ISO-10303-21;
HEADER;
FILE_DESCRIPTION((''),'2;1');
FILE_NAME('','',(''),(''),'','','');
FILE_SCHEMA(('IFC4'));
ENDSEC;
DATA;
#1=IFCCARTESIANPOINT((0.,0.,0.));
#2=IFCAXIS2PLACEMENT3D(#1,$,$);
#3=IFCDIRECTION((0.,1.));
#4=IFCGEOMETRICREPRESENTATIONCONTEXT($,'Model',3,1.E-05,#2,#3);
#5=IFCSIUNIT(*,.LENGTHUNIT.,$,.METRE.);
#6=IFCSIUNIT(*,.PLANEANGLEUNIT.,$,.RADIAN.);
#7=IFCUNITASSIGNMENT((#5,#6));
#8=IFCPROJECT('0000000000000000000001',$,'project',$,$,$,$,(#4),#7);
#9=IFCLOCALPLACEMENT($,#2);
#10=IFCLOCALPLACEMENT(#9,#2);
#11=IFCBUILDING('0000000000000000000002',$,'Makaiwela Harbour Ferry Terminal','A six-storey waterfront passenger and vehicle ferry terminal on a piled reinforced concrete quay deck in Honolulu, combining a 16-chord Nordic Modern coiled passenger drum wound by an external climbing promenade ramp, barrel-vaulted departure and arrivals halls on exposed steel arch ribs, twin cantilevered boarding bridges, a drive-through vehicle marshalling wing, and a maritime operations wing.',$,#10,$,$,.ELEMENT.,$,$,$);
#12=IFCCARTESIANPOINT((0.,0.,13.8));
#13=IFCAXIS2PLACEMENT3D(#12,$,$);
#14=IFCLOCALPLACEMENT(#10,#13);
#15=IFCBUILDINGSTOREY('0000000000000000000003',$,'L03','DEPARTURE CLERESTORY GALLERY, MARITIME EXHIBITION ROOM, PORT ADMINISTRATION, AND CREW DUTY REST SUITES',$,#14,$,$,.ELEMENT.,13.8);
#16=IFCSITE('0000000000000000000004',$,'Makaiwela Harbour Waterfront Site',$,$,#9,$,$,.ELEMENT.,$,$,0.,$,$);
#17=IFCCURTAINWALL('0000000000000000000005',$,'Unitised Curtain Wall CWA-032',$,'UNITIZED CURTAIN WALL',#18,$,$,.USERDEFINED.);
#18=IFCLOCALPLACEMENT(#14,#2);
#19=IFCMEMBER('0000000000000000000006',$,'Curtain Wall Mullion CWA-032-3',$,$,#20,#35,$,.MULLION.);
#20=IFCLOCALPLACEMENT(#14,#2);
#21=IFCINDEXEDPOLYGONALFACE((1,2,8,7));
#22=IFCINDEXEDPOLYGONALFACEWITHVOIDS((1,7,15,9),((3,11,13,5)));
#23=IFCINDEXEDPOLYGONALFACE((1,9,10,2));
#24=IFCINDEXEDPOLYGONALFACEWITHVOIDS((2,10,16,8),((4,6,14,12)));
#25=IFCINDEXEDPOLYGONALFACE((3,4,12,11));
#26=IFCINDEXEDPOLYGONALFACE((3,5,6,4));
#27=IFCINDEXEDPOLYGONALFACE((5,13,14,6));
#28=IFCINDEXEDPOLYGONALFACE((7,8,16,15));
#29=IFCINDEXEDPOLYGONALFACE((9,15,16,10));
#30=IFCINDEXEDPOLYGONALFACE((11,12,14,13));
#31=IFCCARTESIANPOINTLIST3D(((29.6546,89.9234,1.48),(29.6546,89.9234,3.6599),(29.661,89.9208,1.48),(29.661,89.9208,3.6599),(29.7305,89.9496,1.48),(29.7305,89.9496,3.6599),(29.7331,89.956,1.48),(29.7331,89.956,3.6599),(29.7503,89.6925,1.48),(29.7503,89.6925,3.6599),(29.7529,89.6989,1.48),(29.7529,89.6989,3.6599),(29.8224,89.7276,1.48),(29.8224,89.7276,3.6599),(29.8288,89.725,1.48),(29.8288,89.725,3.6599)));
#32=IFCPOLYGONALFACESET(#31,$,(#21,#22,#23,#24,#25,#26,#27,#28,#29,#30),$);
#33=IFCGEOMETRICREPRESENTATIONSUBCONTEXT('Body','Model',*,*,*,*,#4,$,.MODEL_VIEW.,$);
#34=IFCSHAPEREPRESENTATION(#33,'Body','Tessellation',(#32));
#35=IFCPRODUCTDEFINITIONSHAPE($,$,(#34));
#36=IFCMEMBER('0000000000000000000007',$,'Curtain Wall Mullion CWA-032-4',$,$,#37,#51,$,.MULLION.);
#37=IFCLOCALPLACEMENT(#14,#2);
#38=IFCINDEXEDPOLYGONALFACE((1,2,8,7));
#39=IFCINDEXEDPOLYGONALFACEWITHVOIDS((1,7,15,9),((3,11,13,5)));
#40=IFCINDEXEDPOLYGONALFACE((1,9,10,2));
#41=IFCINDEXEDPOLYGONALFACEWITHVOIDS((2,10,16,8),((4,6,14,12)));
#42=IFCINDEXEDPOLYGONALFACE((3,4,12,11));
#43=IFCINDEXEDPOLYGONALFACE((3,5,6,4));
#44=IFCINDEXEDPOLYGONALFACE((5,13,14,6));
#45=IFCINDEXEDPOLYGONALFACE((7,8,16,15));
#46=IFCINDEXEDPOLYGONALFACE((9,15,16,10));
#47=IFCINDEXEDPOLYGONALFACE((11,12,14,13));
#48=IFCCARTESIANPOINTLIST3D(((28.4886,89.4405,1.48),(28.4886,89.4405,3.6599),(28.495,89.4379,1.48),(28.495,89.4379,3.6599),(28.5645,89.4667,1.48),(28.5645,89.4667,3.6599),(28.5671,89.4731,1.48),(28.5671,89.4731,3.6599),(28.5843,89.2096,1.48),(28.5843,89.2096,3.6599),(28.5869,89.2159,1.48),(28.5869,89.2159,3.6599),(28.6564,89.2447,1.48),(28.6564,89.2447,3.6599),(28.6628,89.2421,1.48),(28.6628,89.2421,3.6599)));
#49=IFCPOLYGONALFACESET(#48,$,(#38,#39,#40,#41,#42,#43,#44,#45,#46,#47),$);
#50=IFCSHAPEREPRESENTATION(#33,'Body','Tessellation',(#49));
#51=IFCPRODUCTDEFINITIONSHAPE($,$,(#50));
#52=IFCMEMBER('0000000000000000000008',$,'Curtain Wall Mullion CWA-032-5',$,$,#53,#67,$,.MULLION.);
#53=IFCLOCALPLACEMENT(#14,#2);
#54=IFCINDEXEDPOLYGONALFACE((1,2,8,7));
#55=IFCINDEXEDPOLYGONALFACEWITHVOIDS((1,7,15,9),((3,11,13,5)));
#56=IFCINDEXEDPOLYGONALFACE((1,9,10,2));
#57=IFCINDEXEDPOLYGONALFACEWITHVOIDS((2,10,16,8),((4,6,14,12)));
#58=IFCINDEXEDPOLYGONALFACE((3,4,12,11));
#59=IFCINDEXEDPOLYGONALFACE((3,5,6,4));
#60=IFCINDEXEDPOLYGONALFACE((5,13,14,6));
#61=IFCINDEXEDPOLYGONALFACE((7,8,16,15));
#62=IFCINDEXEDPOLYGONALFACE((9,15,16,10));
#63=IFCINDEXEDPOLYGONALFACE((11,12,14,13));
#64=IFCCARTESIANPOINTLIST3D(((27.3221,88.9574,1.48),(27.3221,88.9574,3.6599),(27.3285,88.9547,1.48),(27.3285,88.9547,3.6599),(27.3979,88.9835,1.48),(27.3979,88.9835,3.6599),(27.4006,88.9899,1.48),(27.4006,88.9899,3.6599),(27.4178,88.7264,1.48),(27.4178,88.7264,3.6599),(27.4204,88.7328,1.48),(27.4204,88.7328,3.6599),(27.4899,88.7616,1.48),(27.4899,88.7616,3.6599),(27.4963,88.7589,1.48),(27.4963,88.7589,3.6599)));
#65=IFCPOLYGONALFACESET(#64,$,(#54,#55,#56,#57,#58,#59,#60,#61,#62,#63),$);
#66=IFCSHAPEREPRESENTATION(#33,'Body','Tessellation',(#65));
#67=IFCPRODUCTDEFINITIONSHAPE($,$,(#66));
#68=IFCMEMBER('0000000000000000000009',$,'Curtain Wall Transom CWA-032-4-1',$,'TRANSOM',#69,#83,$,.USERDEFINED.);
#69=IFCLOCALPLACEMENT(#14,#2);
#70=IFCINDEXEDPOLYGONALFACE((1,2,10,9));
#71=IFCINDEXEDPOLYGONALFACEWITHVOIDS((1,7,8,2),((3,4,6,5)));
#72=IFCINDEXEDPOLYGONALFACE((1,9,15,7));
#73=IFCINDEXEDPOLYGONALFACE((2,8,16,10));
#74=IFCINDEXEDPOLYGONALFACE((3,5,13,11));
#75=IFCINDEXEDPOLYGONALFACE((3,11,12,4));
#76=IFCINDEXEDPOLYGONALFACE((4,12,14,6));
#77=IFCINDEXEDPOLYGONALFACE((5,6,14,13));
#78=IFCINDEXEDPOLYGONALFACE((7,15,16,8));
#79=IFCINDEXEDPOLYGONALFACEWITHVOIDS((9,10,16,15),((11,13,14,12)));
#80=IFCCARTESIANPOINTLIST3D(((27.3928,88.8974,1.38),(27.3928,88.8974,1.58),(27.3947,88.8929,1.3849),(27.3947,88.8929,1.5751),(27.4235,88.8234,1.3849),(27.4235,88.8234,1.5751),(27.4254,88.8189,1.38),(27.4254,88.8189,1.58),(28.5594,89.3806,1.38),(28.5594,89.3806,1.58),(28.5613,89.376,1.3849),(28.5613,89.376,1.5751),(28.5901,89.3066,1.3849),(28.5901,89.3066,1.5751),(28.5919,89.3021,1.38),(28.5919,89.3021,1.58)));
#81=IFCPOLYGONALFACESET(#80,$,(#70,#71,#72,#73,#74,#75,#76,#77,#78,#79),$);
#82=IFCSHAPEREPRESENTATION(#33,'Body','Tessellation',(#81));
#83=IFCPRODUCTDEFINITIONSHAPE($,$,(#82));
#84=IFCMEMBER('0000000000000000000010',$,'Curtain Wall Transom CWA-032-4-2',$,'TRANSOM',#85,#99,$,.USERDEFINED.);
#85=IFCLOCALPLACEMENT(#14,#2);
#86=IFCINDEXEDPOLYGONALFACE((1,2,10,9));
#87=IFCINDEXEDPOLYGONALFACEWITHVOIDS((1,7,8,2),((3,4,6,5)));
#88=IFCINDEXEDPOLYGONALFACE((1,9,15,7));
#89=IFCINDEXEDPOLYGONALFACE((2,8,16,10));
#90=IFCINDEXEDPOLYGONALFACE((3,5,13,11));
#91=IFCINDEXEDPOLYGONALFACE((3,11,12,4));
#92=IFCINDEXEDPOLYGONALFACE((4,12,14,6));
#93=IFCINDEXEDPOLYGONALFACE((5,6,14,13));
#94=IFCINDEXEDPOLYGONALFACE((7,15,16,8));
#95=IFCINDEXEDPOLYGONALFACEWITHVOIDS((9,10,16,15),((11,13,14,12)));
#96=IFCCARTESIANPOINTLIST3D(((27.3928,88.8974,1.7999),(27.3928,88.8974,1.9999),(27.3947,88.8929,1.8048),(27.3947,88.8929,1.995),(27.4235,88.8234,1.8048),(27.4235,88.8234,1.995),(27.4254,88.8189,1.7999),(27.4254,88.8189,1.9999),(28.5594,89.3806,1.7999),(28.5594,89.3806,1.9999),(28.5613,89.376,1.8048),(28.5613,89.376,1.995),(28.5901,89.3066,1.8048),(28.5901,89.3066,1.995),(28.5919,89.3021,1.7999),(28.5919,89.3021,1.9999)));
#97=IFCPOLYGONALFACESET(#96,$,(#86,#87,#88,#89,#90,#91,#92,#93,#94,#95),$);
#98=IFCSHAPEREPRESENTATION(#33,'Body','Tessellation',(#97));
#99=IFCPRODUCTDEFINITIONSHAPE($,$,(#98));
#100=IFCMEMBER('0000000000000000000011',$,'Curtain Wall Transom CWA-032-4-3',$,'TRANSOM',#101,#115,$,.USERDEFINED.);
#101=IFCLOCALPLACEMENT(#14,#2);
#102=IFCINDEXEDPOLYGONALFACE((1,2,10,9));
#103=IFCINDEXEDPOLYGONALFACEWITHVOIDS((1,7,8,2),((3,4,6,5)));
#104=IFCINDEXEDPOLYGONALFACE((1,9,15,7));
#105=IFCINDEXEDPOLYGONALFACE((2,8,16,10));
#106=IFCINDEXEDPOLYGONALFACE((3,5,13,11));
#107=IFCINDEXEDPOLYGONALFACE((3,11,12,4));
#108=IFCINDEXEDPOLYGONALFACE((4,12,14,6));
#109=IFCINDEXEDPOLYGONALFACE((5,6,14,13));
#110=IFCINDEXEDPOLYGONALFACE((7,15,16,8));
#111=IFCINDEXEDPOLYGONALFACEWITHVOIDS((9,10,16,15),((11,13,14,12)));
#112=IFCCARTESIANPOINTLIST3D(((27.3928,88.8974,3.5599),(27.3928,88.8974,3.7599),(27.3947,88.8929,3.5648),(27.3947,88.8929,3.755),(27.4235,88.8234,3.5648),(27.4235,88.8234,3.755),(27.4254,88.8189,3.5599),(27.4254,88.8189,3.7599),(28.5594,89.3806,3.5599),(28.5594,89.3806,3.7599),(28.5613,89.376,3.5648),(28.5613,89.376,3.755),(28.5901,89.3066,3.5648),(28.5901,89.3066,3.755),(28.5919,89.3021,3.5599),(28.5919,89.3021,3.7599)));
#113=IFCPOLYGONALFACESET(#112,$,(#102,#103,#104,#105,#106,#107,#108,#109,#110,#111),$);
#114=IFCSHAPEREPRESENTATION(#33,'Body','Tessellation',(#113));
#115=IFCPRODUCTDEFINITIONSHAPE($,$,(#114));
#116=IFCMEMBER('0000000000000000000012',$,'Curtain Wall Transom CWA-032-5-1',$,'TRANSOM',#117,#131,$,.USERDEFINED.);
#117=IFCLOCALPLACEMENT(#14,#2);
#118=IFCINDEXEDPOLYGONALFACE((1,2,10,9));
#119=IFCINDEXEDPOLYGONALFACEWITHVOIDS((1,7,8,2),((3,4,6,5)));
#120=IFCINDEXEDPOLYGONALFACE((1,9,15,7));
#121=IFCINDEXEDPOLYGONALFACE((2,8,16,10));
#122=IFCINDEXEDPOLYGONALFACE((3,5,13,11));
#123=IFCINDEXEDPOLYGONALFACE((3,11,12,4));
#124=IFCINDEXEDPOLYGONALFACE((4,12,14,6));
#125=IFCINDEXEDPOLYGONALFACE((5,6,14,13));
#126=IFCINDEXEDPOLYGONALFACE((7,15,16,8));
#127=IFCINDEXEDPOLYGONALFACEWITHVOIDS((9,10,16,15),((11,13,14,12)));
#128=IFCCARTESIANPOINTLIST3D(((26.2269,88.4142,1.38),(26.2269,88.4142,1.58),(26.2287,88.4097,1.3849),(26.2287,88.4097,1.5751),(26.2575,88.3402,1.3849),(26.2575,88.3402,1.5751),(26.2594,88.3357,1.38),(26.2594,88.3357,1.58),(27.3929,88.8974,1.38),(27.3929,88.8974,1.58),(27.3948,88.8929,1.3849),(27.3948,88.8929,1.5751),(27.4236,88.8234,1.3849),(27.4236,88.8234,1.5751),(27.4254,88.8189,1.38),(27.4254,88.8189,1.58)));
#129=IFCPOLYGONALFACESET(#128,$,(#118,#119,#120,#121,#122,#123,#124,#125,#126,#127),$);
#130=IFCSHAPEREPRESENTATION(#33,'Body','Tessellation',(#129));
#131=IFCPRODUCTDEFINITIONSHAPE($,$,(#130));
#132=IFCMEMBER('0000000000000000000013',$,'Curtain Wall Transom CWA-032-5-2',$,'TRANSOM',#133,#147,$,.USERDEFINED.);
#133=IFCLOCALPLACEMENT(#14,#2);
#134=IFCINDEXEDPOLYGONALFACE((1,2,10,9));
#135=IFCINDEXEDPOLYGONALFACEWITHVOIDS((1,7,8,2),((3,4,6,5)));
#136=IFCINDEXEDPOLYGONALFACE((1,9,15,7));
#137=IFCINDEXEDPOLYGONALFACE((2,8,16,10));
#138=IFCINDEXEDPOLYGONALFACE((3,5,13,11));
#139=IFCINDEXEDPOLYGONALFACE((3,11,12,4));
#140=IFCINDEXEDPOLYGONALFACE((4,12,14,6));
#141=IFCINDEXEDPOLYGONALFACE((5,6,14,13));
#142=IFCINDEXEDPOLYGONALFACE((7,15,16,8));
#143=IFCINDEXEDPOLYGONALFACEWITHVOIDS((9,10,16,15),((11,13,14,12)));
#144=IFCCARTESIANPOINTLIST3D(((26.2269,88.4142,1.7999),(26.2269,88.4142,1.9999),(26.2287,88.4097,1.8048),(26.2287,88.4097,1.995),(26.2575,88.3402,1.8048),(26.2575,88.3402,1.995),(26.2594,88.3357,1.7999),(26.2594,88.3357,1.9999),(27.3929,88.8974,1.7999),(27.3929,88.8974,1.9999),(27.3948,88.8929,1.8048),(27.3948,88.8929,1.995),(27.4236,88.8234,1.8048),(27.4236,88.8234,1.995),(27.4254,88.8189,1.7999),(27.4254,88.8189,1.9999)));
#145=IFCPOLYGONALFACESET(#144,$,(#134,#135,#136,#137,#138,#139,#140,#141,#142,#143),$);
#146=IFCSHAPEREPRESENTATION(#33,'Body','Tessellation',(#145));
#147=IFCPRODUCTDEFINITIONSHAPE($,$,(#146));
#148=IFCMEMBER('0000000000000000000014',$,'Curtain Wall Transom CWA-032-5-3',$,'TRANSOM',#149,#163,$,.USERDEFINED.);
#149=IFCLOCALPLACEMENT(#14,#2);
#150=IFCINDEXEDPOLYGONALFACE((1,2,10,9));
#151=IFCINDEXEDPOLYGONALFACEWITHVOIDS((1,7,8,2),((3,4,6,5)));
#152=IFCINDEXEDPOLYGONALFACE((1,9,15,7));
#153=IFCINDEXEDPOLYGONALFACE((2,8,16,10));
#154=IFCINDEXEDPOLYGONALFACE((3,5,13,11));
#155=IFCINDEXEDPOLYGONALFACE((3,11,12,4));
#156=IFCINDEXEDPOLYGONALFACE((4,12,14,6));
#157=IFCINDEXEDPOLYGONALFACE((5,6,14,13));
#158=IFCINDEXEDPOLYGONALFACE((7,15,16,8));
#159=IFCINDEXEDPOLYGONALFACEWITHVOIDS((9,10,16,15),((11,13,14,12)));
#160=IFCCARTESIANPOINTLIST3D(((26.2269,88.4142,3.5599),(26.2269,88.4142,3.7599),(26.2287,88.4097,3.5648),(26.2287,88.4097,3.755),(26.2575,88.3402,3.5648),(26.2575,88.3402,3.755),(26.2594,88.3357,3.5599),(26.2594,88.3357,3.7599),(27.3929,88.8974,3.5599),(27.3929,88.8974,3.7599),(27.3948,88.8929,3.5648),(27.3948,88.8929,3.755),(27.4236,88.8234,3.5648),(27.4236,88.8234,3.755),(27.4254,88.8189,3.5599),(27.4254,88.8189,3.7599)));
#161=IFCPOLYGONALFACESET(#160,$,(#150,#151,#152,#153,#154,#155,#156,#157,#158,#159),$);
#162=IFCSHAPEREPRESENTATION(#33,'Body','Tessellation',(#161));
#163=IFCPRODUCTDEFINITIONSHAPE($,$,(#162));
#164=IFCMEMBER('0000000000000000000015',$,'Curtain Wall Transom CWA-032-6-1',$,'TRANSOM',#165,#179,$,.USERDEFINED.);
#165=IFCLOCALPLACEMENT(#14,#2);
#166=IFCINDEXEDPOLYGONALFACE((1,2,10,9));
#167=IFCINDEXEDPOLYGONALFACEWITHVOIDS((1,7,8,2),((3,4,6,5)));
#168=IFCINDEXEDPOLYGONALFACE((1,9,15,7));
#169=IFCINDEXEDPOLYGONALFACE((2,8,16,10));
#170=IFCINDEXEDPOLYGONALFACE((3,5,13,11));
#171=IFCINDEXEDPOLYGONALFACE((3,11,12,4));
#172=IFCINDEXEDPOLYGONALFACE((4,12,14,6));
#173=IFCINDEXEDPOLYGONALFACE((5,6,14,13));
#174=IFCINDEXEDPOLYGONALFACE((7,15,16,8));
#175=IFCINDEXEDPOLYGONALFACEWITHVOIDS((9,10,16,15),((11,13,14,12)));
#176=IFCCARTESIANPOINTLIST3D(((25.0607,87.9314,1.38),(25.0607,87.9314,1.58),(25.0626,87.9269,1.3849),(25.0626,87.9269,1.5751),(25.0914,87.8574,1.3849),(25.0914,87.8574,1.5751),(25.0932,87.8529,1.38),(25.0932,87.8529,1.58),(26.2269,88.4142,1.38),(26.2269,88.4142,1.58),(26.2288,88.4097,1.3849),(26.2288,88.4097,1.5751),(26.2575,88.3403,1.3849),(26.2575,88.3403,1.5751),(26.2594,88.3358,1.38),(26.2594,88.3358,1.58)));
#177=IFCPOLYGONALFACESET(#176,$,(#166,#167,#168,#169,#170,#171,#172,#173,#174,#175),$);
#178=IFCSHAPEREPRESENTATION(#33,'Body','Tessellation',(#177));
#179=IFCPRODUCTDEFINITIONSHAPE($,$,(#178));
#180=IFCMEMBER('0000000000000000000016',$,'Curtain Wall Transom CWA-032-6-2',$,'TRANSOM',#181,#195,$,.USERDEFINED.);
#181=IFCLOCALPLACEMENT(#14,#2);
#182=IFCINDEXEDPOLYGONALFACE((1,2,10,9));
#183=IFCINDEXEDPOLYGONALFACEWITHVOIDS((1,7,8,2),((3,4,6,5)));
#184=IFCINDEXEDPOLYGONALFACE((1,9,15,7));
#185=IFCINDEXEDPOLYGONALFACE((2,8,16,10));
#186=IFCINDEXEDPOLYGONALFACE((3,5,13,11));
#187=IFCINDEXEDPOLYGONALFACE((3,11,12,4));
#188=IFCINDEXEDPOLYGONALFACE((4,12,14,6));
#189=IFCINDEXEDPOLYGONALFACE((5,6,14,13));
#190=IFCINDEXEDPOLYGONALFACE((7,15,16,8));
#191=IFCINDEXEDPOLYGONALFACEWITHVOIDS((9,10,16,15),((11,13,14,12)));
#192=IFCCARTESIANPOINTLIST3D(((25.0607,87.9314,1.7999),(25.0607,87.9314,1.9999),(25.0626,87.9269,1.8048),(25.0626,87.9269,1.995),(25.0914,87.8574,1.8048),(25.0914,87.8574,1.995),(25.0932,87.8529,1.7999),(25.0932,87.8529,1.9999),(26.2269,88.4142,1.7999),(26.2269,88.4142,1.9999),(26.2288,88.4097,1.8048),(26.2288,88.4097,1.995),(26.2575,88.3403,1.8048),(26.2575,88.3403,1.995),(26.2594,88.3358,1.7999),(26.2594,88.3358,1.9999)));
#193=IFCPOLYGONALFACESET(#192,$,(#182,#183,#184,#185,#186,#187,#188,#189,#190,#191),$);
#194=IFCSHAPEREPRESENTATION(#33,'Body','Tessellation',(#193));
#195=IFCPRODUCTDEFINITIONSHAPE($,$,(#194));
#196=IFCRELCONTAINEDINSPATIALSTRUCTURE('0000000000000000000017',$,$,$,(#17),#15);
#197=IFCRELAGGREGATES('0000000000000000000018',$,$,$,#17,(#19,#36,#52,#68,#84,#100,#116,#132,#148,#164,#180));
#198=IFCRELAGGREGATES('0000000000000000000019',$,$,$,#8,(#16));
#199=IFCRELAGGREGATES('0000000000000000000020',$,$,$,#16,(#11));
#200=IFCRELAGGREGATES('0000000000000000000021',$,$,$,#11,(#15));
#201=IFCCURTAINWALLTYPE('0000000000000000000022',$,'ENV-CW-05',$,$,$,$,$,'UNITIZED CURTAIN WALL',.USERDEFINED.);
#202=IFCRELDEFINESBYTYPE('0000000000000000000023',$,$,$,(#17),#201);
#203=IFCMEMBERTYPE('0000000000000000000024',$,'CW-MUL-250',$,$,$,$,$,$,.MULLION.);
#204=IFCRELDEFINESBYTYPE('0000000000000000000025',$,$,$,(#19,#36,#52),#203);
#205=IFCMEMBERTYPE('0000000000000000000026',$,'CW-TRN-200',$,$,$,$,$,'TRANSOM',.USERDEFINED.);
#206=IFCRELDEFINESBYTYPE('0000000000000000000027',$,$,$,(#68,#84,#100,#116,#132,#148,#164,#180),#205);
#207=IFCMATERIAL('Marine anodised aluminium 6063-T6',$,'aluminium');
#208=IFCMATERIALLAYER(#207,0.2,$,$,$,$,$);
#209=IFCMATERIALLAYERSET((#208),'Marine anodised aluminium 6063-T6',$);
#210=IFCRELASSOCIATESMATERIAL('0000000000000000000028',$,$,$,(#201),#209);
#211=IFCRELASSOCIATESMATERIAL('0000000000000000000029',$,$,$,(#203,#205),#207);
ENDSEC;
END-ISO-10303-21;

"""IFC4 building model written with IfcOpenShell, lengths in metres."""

from ifc_helpers import new_model, si_unit, direction, frame, origin, origin_2d, place, context, subcontext, project, spatial, hollow_rectangle, extrude, material, layer, layer_set, material_profile, profile_set, type_object, element, aggregate, save


model = new_model("IFC4")

# Units and contexts
model_context = context("Model", 3, precision=1e-05, world=origin(), true_north=direction((0.0, 1.0)))
body_context = subcontext(model_context, "Body", "Model", "MODEL_VIEW")
ifc_project = project(units=[si_unit("LENGTHUNIT", "METRE"), si_unit("PLANEANGLEUNIT", "RADIAN")], contexts=[model_context])

# Site, building, storey
site_placement = place(None, origin())
site = spatial("IfcSite", under=ifc_project, at=site_placement, Name="Makaiwela Harbour Waterfront Site", CompositionType="ELEMENT", RefElevation=0.0)
building_placement = place(site_placement, origin())
building = spatial("IfcBuilding", under=site, at=building_placement, Name="Makaiwela Harbour Ferry Terminal", Description="A six-storey waterfront passenger and vehicle ferry terminal on a piled reinforced concrete quay deck in Honolulu, combining a 16-chord Nordic Modern coiled passenger drum wound by an external climbing promenade ramp, barrel-vaulted departure and arrivals halls on exposed steel arch ribs, twin cantilevered boarding bridges, a drive-through vehicle marshalling wing, and a maritime operations wing.", CompositionType="ELEMENT")
storey_placement = place(building_placement, frame((0.0, 0.0, 13.8)))
storey = spatial("IfcBuildingStorey", under=building, at=storey_placement, Name="L03", Description="DEPARTURE CLERESTORY GALLERY, MARITIME EXHIBITION ROOM, PORT ADMINISTRATION, AND CREW DUTY REST SUITES", CompositionType="ELEMENT", Elevation=13.8)

# Curtain wall, members
ifc_material_1 = material(Name="Marine anodised aluminium 6063-T6", Category="aluminium")
ifc_layer_1 = layer(ifc_material_1, 0.2)
ifc_layer_set_1 = layer_set([ifc_layer_1], Name="Marine anodised aluminium 6063-T6")
curtain_wall_type = type_object("IfcCurtainWallType", Name="ENV-CW-05", ElementType="UNITIZED CURTAIN WALL", PredefinedType="USERDEFINED", material=ifc_layer_set_1)
curtain_wall_placement = place(storey_placement, origin())
curtain_wall = element("IfcCurtainWall", 1, at=curtain_wall_placement, inside=storey, type_object=curtain_wall_type, Name="Unitised Curtain Wall CWA-032", ObjectType="UNITIZED CURTAIN WALL", PredefinedType="USERDEFINED")
ifc_material_profile_1 = material_profile(ifc_material_1, hollow_rectangle(XDim=0.085, YDim=0.25, WallThickness=0.0049, at=origin_2d()), Name="CWM-250X85")
ifc_profile_set_1 = profile_set([ifc_material_profile_1], Name="Marine anodised aluminium 6063-T6")
member_type_1 = type_object("IfcMemberType", Name="CW-MUL-250", PredefinedType="MULLION", material=ifc_profile_set_1)
member_1_placement = place(storey_placement, frame((29.7417, 89.8242, 1.48), z_axis=(0.0, 0.0, 1.0), x_axis=(0.92388, 0.382683, 0.0)))
member_1 = element("IfcMember", 2, at=member_1_placement, type_object=member_type_1, Name="Curtain Wall Mullion CWA-032-3", PredefinedType="MULLION", context=body_context, shape_type="SweptSolid", body=[
    extrude(hollow_rectangle(XDim=0.085, YDim=0.25, WallThickness=0.0049, at=origin_2d()), origin(), (0.0, 0.0, 1.0), 2.1799),
])
member_2_placement = place(storey_placement, frame((28.5757, 89.3413, 1.48), z_axis=(0.0, 0.0, 1.0), x_axis=(0.92388, 0.382683, 0.0)))
member_2 = element("IfcMember", 3, at=member_2_placement, type_object=member_type_1, Name="Curtain Wall Mullion CWA-032-4", PredefinedType="MULLION", context=body_context, shape_type="SweptSolid", body=[
    extrude(hollow_rectangle(XDim=0.085, YDim=0.25, WallThickness=0.0049, at=origin_2d()), origin(), (0.0, 0.0, 1.0), 2.1799),
])
member_3_placement = place(storey_placement, frame((27.4092, 88.8582, 1.48), z_axis=(0.0, 0.0, 1.0), x_axis=(0.92388, 0.382683, 0.0)))
member_3 = element("IfcMember", 4, at=member_3_placement, type_object=member_type_1, Name="Curtain Wall Mullion CWA-032-5", PredefinedType="MULLION", context=body_context, shape_type="SweptSolid", body=[
    extrude(hollow_rectangle(XDim=0.085, YDim=0.25, WallThickness=0.0049, at=origin_2d()), origin(), (0.0, 0.0, 1.0), 2.1799),
])
ifc_material_profile_2 = material_profile(ifc_material_1, hollow_rectangle(XDim=0.085, YDim=0.2, WallThickness=0.0049, at=origin_2d()), Name="CWT-200X85")
ifc_profile_set_2 = profile_set([ifc_material_profile_2], Name="Marine anodised aluminium 6063-T6")
member_type_2 = type_object("IfcMemberType", Name="CW-TRN-200", ElementType="TRANSOM", PredefinedType="USERDEFINED", material=ifc_profile_set_2)
member_4_placement = place(storey_placement, frame((28.5757, 89.3413, 1.48), z_axis=(-0.923887, -0.382665, 0.0), x_axis=(0.382665, -0.923887, 0.0)))
member_4 = element("IfcMember", 5, at=member_4_placement, type_object=member_type_2, Name="Curtain Wall Transom CWA-032-4-1", ObjectType="TRANSOM", PredefinedType="USERDEFINED", context=body_context, shape_type="SweptSolid", body=[
    extrude(hollow_rectangle(XDim=0.085, YDim=0.2, WallThickness=0.0049, at=origin_2d()), origin(), (0.0, 0.0, 1.0), 1.2627),
])
member_5_placement = place(storey_placement, frame((28.5757, 89.3413, 1.8999), z_axis=(-0.923887, -0.382665, 0.0), x_axis=(0.382665, -0.923887, 0.0)))
member_5 = element("IfcMember", 6, at=member_5_placement, type_object=member_type_2, Name="Curtain Wall Transom CWA-032-4-2", ObjectType="TRANSOM", PredefinedType="USERDEFINED", context=body_context, shape_type="SweptSolid", body=[
    extrude(hollow_rectangle(XDim=0.085, YDim=0.2, WallThickness=0.0049, at=origin_2d()), origin(), (0.0, 0.0, 1.0), 1.2627),
])
member_6_placement = place(storey_placement, frame((28.5757, 89.3413, 3.6599), z_axis=(-0.923887, -0.382665, 0.0), x_axis=(0.382665, -0.923887, 0.0)))
member_6 = element("IfcMember", 7, at=member_6_placement, type_object=member_type_2, Name="Curtain Wall Transom CWA-032-4-3", ObjectType="TRANSOM", PredefinedType="USERDEFINED", context=body_context, shape_type="SweptSolid", body=[
    extrude(hollow_rectangle(XDim=0.085, YDim=0.2, WallThickness=0.0049, at=origin_2d()), origin(), (0.0, 0.0, 1.0), 1.2627),
])
member_7_placement = place(storey_placement, frame((27.4092, 88.8582, 1.48), z_axis=(-0.923831, -0.382802, 0.0), x_axis=(0.382802, -0.923831, 0.0)))
member_7 = element("IfcMember", 8, at=member_7_placement, type_object=member_type_2, Name="Curtain Wall Transom CWA-032-5-1", ObjectType="TRANSOM", PredefinedType="USERDEFINED", context=body_context, shape_type="SweptSolid", body=[
    extrude(hollow_rectangle(XDim=0.085, YDim=0.2, WallThickness=0.0049, at=origin_2d()), origin(), (0.0, 0.0, 1.0), 1.2622),
])
member_8_placement = place(storey_placement, frame((27.4092, 88.8582, 1.8999), z_axis=(-0.923831, -0.382802, 0.0), x_axis=(0.382802, -0.923831, 0.0)))
member_8 = element("IfcMember", 9, at=member_8_placement, type_object=member_type_2, Name="Curtain Wall Transom CWA-032-5-2", ObjectType="TRANSOM", PredefinedType="USERDEFINED", context=body_context, shape_type="SweptSolid", body=[
    extrude(hollow_rectangle(XDim=0.085, YDim=0.2, WallThickness=0.0049, at=origin_2d()), origin(), (0.0, 0.0, 1.0), 1.2622),
])
member_9_placement = place(storey_placement, frame((27.4092, 88.8582, 3.6599), z_axis=(-0.923831, -0.382802, 0.0), x_axis=(0.382802, -0.923831, 0.0)))
member_9 = element("IfcMember", 10, at=member_9_placement, type_object=member_type_2, Name="Curtain Wall Transom CWA-032-5-3", ObjectType="TRANSOM", PredefinedType="USERDEFINED", context=body_context, shape_type="SweptSolid", body=[
    extrude(hollow_rectangle(XDim=0.085, YDim=0.2, WallThickness=0.0049, at=origin_2d()), origin(), (0.0, 0.0, 1.0), 1.2622),
])
member_10_placement = place(storey_placement, frame((26.2432, 88.375, 1.48), z_axis=(-0.923927, -0.382568, 0.0), x_axis=(0.382568, -0.923927, 0.0)))
member_10 = element("IfcMember", 11, at=member_10_placement, type_object=member_type_2, Name="Curtain Wall Transom CWA-032-6-1", ObjectType="TRANSOM", PredefinedType="USERDEFINED", context=body_context, shape_type="SweptSolid", body=[
    extrude(hollow_rectangle(XDim=0.085, YDim=0.2, WallThickness=0.0049, at=origin_2d()), origin(), (0.0, 0.0, 1.0), 1.2622),
])
member_11_placement = place(storey_placement, frame((26.2432, 88.375, 1.8999), z_axis=(-0.923927, -0.382568, 0.0), x_axis=(0.382568, -0.923927, 0.0)))
member_11 = element("IfcMember", 12, at=member_11_placement, type_object=member_type_2, Name="Curtain Wall Transom CWA-032-6-2", ObjectType="TRANSOM", PredefinedType="USERDEFINED", context=body_context, shape_type="SweptSolid", body=[
    extrude(hollow_rectangle(XDim=0.085, YDim=0.2, WallThickness=0.0049, at=origin_2d()), origin(), (0.0, 0.0, 1.0), 1.2622),
])

aggregate(curtain_wall, [member_1, member_2, member_3, member_4, member_5, member_6, member_7, member_8, member_9, member_10, member_11])

save(model, "model.ifc")
